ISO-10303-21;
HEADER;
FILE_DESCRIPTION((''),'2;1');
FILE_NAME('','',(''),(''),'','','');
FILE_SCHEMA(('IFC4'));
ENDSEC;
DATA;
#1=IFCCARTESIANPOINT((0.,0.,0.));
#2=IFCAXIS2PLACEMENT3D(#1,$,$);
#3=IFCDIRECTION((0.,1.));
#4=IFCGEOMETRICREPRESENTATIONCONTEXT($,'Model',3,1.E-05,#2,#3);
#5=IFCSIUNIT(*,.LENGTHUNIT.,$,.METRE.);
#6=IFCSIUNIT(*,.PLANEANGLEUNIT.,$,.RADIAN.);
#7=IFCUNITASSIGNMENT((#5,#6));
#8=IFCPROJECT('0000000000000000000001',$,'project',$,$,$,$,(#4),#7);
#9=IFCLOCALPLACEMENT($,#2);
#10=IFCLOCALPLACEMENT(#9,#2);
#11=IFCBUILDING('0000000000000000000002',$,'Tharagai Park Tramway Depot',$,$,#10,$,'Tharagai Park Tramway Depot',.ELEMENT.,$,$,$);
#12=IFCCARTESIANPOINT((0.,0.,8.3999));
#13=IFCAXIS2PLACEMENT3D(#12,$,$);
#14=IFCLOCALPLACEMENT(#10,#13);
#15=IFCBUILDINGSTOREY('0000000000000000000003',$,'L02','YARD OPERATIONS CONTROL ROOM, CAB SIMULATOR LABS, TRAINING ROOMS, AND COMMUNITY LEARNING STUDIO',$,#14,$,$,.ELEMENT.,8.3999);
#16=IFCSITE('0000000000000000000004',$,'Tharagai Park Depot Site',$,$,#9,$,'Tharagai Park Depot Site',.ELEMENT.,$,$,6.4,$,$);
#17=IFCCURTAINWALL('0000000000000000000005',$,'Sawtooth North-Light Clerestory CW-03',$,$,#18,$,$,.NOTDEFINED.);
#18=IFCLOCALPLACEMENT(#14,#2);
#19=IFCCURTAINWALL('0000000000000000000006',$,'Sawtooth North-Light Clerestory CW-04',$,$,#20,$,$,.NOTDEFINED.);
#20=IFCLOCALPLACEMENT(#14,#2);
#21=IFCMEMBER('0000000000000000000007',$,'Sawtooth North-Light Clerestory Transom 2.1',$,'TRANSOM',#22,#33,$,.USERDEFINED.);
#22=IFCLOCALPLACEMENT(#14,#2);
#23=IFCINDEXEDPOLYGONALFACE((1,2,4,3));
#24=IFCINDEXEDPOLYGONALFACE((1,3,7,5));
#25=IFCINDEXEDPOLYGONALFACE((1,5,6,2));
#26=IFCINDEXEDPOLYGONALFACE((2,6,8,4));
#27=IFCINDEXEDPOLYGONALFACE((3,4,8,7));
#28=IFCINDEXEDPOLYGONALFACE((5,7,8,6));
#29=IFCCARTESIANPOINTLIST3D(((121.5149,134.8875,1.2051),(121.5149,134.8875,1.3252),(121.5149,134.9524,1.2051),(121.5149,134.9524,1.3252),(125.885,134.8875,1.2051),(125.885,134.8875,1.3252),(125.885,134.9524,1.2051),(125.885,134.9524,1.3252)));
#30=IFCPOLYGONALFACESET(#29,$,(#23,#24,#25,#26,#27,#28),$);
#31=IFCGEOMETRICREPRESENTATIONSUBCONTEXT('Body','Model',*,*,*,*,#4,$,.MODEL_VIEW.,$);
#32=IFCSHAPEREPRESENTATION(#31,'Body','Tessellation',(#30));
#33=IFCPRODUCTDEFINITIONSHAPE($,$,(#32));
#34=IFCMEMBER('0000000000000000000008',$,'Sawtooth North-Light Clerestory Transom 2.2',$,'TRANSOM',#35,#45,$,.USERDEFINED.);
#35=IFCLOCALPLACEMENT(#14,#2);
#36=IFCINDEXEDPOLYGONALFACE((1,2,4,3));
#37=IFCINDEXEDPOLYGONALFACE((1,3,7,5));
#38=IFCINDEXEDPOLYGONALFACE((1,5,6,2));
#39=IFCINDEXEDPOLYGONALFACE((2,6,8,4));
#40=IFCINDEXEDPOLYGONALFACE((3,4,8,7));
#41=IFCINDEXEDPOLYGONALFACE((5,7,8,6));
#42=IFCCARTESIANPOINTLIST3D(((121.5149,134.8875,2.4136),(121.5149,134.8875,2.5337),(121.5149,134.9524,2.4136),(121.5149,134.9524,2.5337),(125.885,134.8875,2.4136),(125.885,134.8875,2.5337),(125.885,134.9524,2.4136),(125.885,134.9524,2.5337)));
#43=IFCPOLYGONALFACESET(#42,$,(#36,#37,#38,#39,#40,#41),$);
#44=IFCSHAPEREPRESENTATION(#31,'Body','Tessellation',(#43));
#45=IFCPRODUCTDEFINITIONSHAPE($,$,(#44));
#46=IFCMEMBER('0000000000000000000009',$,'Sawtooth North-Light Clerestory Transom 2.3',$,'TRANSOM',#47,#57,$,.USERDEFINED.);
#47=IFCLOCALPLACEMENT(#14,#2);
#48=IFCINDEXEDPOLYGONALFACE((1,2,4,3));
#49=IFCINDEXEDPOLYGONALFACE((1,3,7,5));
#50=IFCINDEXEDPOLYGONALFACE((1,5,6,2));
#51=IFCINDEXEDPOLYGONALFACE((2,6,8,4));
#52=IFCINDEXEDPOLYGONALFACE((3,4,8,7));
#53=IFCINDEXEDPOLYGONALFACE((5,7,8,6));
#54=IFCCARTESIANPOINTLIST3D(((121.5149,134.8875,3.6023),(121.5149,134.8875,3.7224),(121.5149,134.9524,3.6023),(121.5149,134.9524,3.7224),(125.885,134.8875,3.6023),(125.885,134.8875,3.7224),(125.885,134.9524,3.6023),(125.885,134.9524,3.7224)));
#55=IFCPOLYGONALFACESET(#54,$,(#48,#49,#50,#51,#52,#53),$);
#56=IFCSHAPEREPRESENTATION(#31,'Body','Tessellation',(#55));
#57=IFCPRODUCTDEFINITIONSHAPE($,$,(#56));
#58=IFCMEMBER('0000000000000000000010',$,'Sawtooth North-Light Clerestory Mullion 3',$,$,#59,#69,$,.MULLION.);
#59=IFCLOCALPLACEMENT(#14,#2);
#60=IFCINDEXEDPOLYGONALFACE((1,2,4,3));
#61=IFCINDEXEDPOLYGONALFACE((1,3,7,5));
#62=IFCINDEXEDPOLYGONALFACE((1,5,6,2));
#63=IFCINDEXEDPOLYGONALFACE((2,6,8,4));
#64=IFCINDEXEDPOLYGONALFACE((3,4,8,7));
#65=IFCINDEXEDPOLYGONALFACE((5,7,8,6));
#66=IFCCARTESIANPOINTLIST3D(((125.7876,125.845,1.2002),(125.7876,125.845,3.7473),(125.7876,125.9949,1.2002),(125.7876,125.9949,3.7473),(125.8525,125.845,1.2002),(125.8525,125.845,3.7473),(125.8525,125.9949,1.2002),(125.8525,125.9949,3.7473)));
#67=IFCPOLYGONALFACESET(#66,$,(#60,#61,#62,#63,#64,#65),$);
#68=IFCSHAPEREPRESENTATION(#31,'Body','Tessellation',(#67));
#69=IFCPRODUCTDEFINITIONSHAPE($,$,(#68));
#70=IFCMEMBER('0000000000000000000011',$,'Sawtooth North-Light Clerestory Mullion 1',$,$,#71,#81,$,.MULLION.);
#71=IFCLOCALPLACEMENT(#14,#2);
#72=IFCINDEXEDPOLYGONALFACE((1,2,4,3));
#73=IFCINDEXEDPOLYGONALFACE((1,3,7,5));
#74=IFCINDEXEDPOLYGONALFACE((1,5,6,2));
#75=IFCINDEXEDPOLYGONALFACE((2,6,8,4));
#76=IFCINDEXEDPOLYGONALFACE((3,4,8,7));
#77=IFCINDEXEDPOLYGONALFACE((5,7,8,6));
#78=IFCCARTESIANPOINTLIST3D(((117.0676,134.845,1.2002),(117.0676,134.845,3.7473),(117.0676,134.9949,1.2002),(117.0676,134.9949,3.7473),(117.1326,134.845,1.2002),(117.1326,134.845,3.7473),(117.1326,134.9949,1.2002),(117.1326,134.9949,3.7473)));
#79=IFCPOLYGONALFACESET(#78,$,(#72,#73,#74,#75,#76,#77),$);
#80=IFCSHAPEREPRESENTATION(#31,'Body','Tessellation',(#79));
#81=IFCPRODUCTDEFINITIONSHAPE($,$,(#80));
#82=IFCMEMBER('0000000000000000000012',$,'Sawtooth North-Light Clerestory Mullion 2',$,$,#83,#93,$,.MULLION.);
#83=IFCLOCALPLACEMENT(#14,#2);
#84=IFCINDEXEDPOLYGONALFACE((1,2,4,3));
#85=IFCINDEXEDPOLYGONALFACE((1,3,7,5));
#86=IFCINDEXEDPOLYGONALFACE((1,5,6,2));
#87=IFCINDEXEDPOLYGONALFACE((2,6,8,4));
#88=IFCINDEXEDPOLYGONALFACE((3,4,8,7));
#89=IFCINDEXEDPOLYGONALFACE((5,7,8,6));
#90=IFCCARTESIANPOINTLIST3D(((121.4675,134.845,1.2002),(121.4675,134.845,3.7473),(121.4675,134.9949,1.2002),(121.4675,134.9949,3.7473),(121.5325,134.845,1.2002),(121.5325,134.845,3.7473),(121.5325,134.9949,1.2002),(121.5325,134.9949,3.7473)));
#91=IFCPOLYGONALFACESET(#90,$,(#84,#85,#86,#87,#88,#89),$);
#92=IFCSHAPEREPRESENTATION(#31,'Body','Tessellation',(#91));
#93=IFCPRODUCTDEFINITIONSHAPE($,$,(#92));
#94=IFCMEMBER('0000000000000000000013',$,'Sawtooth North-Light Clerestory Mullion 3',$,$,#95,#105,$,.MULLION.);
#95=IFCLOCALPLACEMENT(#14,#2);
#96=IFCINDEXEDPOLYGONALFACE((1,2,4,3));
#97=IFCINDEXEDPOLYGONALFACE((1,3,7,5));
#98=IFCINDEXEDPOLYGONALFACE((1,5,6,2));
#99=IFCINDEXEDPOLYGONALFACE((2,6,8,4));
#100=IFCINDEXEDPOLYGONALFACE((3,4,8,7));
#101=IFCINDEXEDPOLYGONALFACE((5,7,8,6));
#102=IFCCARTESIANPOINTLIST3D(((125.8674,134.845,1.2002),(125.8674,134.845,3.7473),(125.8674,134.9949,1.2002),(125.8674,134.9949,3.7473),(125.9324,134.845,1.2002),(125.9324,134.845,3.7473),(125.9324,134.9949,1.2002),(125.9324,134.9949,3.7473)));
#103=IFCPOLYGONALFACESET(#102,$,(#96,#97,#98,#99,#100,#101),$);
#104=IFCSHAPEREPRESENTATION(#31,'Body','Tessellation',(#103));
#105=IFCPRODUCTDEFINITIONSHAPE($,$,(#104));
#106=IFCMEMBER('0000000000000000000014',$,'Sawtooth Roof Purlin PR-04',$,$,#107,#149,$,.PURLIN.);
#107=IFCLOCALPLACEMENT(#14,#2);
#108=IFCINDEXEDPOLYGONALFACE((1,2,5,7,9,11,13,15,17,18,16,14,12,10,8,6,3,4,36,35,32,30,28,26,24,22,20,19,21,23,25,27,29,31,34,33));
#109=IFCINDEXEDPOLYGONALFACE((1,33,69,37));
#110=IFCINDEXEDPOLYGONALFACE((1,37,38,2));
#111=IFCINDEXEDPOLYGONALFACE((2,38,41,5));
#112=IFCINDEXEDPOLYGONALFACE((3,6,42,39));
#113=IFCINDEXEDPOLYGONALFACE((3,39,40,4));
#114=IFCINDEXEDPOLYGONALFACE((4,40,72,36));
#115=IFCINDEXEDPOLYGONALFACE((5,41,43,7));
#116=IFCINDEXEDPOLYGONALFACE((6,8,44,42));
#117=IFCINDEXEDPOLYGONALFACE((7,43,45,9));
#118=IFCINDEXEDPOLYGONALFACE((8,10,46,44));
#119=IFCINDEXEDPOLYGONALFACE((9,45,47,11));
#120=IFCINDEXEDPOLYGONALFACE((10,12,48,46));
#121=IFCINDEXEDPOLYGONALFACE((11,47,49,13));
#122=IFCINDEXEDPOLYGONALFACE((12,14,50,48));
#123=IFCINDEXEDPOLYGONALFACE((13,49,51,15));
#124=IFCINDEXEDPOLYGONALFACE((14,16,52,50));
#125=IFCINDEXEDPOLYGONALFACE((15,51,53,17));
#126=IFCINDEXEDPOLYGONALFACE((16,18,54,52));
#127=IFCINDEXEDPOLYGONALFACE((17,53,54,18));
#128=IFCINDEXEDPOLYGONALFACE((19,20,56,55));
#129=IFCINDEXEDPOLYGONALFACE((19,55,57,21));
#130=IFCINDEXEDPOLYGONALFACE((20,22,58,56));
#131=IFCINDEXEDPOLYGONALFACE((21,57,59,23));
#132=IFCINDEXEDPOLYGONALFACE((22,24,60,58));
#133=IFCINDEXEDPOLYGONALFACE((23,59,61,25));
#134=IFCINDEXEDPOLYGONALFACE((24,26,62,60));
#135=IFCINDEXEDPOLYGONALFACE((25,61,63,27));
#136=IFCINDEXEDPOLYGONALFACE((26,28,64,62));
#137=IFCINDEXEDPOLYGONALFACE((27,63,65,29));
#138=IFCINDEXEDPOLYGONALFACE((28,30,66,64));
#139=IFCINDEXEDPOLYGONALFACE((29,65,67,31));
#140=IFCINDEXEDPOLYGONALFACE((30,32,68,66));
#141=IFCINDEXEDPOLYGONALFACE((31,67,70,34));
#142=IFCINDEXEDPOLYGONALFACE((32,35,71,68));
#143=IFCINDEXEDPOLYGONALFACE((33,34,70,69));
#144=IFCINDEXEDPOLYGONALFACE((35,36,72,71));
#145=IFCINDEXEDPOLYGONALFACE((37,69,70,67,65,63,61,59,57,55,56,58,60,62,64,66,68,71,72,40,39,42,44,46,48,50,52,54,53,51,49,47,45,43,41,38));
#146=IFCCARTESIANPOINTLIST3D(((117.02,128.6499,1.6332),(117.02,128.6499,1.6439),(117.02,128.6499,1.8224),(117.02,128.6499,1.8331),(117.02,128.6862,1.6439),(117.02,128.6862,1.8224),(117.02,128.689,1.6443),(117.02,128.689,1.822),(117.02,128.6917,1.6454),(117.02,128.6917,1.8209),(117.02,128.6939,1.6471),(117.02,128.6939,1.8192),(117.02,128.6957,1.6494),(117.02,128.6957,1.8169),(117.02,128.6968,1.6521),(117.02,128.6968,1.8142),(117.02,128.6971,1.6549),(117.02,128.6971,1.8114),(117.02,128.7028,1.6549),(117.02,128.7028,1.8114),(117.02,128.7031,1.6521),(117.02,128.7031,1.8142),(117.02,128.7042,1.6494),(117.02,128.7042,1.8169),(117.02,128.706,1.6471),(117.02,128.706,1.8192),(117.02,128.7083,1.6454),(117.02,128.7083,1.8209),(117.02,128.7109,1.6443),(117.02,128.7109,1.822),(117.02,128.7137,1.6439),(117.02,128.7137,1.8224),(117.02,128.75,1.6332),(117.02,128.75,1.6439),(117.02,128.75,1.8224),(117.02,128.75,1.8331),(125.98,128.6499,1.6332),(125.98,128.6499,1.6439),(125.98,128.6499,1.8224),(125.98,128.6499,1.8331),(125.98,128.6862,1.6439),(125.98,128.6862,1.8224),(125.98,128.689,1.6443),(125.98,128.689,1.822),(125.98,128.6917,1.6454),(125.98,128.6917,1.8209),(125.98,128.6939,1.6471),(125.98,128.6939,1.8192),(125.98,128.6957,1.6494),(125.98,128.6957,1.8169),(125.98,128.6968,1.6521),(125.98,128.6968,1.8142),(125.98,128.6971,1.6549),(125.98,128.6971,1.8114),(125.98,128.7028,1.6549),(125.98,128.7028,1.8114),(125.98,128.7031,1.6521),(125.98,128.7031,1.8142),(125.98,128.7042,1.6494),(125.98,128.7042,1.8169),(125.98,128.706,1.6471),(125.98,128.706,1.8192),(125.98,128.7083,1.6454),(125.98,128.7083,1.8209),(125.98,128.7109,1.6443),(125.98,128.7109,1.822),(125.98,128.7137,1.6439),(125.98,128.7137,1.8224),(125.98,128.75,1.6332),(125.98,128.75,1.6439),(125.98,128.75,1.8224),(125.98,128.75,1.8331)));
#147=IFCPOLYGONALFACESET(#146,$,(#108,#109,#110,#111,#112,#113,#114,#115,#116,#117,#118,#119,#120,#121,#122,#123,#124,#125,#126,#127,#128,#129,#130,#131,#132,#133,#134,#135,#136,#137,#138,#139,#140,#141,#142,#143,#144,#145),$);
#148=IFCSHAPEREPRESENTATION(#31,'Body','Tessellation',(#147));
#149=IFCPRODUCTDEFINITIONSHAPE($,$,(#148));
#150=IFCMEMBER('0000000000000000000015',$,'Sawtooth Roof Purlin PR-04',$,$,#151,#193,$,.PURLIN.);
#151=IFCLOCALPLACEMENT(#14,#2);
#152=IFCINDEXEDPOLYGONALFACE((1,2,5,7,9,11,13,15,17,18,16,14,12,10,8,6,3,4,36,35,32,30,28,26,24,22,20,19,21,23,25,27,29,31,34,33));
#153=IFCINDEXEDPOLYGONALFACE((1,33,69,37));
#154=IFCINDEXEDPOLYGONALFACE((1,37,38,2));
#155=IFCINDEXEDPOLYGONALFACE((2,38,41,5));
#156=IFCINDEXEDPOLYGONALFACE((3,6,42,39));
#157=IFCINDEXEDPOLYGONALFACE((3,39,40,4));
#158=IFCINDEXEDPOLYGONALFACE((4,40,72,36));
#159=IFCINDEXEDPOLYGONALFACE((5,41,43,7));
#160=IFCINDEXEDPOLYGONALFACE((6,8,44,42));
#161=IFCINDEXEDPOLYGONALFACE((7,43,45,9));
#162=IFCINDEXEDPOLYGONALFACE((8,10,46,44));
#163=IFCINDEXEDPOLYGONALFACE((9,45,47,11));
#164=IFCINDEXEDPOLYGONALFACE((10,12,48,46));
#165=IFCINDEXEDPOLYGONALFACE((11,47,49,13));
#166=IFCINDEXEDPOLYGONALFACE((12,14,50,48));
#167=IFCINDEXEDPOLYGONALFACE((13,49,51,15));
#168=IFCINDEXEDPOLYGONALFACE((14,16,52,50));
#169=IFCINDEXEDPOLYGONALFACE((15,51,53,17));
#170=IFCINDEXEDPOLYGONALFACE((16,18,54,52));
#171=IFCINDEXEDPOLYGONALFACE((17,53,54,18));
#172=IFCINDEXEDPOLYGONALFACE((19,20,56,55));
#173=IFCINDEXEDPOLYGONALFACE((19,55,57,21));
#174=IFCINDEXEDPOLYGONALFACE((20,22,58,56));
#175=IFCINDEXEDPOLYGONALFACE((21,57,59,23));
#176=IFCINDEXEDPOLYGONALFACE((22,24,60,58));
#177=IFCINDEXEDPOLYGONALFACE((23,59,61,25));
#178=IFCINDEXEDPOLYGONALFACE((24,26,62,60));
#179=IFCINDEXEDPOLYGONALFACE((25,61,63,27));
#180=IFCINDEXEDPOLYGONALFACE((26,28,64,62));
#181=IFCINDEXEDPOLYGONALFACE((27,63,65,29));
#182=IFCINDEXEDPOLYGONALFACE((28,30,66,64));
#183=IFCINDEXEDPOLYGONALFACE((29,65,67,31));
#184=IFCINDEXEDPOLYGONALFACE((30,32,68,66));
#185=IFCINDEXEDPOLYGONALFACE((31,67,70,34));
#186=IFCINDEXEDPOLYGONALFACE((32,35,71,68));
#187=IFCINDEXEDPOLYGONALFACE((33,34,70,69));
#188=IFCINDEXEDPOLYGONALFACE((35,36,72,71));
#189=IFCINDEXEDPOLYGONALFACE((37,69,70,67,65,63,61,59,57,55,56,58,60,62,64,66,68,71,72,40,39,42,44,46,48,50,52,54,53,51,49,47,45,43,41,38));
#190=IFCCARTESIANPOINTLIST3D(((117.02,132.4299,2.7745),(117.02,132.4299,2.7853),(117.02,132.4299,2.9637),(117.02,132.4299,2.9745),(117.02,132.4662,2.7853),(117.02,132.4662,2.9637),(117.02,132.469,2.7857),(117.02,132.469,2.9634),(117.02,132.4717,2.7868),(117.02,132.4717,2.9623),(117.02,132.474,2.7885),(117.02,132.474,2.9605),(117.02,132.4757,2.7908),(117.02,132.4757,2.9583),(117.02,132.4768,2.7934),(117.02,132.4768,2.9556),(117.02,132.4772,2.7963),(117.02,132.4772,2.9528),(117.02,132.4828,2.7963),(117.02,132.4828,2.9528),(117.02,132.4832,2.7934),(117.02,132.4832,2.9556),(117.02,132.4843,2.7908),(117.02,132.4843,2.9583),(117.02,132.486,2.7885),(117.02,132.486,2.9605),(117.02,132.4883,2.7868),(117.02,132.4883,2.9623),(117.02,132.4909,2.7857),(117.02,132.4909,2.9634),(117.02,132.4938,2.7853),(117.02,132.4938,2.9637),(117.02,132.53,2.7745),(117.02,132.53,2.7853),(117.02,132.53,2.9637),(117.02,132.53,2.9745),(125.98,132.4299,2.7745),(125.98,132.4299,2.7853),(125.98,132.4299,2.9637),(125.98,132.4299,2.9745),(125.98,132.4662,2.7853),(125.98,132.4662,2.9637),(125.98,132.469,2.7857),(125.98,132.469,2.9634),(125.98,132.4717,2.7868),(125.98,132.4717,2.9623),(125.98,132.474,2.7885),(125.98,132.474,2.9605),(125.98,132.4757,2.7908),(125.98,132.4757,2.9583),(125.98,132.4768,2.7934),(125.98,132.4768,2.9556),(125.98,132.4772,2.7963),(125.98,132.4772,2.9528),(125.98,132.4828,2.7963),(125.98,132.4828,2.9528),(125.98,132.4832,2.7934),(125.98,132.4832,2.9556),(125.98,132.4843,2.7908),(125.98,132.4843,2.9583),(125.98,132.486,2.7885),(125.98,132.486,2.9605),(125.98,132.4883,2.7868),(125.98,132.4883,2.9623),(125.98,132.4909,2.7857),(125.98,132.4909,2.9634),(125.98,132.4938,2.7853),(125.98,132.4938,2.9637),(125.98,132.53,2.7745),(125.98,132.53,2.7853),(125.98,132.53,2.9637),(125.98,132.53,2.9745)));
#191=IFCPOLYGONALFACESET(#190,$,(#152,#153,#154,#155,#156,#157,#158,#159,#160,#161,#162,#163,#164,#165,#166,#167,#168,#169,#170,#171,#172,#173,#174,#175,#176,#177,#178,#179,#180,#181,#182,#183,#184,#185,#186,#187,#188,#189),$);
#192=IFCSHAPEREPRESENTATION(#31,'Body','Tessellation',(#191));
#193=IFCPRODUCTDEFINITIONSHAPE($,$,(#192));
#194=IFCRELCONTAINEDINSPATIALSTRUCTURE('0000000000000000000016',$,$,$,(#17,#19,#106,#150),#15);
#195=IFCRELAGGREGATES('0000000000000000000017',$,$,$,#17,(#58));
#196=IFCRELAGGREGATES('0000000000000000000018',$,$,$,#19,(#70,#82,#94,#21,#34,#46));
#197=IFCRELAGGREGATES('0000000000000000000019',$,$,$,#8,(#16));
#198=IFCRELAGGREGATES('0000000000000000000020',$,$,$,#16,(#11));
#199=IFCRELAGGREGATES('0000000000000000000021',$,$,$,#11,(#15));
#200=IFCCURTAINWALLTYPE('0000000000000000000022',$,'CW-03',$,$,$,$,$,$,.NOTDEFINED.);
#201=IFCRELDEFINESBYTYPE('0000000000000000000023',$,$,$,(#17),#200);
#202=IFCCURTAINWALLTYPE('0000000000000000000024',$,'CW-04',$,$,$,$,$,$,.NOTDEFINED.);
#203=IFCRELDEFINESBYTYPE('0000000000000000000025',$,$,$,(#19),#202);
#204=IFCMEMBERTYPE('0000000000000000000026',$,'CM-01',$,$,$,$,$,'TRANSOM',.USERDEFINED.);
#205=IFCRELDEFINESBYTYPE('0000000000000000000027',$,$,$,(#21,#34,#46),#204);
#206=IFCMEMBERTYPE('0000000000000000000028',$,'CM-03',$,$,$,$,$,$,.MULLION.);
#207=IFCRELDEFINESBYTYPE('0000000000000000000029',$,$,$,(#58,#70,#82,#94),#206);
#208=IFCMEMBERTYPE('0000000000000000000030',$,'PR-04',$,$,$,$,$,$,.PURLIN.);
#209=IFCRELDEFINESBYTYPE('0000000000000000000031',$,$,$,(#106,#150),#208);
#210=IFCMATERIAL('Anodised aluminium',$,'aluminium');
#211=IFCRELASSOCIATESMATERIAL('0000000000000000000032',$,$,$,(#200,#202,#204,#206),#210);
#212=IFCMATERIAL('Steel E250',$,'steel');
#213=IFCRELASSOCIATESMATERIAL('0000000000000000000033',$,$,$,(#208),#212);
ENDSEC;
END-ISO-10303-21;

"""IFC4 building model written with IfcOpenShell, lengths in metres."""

from ifc_helpers import new_model, si_unit, direction, frame, origin, origin_2d, place, context, subcontext, project, spatial, rectangle, i_section, extrude, material, material_profile, profile_set, type_object, element, aggregate, save


model = new_model("IFC4")

# Units and contexts
model_context = context("Model", 3, precision=1e-05, world=origin(), true_north=direction((0.0, 1.0)))
body_context = subcontext(model_context, "Body", "Model", "MODEL_VIEW")
ifc_project = project(units=[si_unit("LENGTHUNIT", "METRE"), si_unit("PLANEANGLEUNIT", "RADIAN")], contexts=[model_context])

# Site, building, storey
site_placement = place(None, origin())
site = spatial("IfcSite", under=ifc_project, at=site_placement, Name="Tharagai Park Depot Site", LongName="Tharagai Park Depot Site", CompositionType="ELEMENT", RefElevation=6.4)
building_placement = place(site_placement, origin())
building = spatial("IfcBuilding", under=site, at=building_placement, Name="Tharagai Park Tramway Depot", LongName="Tharagai Park Tramway Depot", CompositionType="ELEMENT")
storey_placement = place(building_placement, frame((0.0, 0.0, 8.3999)))
storey = spatial("IfcBuildingStorey", under=building, at=storey_placement, Name="L02", Description="YARD OPERATIONS CONTROL ROOM, CAB SIMULATOR LABS, TRAINING ROOMS, AND COMMUNITY LEARNING STUDIO", CompositionType="ELEMENT", Elevation=8.3999)

# Curtain wall
ifc_material_1 = material(Name="Anodised aluminium", Category="aluminium")
curtain_wall_type_1 = type_object("IfcCurtainWallType", Name="CW-03", PredefinedType="NOTDEFINED", material=ifc_material_1)
curtain_wall_1_placement = place(storey_placement, origin())
curtain_wall_1 = element("IfcCurtainWall", 1, at=curtain_wall_1_placement, inside=storey, type_object=curtain_wall_type_1, Name="Sawtooth North-Light Clerestory CW-03", PredefinedType="NOTDEFINED")
ifc_material_profile_1 = material_profile(ifc_material_1, rectangle(XDim=0.0649, YDim=0.1201, at=origin_2d()), Name="ALU 65x120")
ifc_profile_set_1 = profile_set([ifc_material_profile_1], Name="Anodised aluminium")
member_type_1 = type_object("IfcMemberType", Name="CM-01", ElementType="TRANSOM", PredefinedType="USERDEFINED", material=ifc_profile_set_1)

# Curtain wall, members
curtain_wall_type_2 = type_object("IfcCurtainWallType", Name="CW-04", PredefinedType="NOTDEFINED", material=ifc_material_1)
curtain_wall_2_placement = place(storey_placement, origin())
curtain_wall_2 = element("IfcCurtainWall", 2, at=curtain_wall_2_placement, inside=storey, type_object=curtain_wall_type_2, Name="Sawtooth North-Light Clerestory CW-04", PredefinedType="NOTDEFINED")
member_1_placement = place(storey_placement, frame((121.5149, 134.9199, 1.2651), z_axis=(1.0, 0.0, 0.0), x_axis=(0.0, 1.0, 0.0)))
member_1 = element("IfcMember", 3, at=member_1_placement, type_object=member_type_1, Name="Sawtooth North-Light Clerestory Transom 2.1", ObjectType="TRANSOM", PredefinedType="USERDEFINED", context=body_context, shape_type="SweptSolid", body=[
    extrude(rectangle(XDim=0.0649, YDim=0.1201, at=origin_2d()), origin(), (0.0, 0.0, 1.0), 4.3701),
])
member_2_placement = place(storey_placement, frame((121.5149, 134.9199, 2.4736), z_axis=(1.0, 0.0, 0.0), x_axis=(0.0, 1.0, 0.0)))
member_2 = element("IfcMember", 4, at=member_2_placement, type_object=member_type_1, Name="Sawtooth North-Light Clerestory Transom 2.2", ObjectType="TRANSOM", PredefinedType="USERDEFINED", context=body_context, shape_type="SweptSolid", body=[
    extrude(rectangle(XDim=0.0649, YDim=0.1201, at=origin_2d()), origin(), (0.0, 0.0, 1.0), 4.3701),
])
member_3_placement = place(storey_placement, frame((121.5149, 134.9199, 3.6624), z_axis=(1.0, 0.0, 0.0), x_axis=(0.0, 1.0, 0.0)))
member_3 = element("IfcMember", 5, at=member_3_placement, type_object=member_type_1, Name="Sawtooth North-Light Clerestory Transom 2.3", ObjectType="TRANSOM", PredefinedType="USERDEFINED", context=body_context, shape_type="SweptSolid", body=[
    extrude(rectangle(XDim=0.0649, YDim=0.1201, at=origin_2d()), origin(), (0.0, 0.0, 1.0), 4.3701),
])

# Members
ifc_material_profile_2 = material_profile(ifc_material_1, rectangle(XDim=0.0649, YDim=0.1499, at=origin_2d()), Name="ALU 65x150")
ifc_profile_set_2 = profile_set([ifc_material_profile_2], Name="Anodised aluminium")
member_type_2 = type_object("IfcMemberType", Name="CM-03", PredefinedType="MULLION", material=ifc_profile_set_2)
member_4_placement = place(storey_placement, frame((125.8201, 125.9199, 1.2002), z_axis=(0.0, 0.0, 1.0), x_axis=(1.0, 0.0, 0.0)))
member_4 = element("IfcMember", 6, at=member_4_placement, type_object=member_type_2, Name="Sawtooth North-Light Clerestory Mullion 3", PredefinedType="MULLION", context=body_context, shape_type="SweptSolid", body=[
    extrude(rectangle(XDim=0.0649, YDim=0.1499, at=origin_2d()), origin(), (0.0, 0.0, 1.0), 2.5471),
])
member_5_placement = place(storey_placement, frame((117.1001, 134.9199, 1.2002), z_axis=(0.0, 0.0, 1.0), x_axis=(1.0, 0.0, 0.0)))
member_5 = element("IfcMember", 7, at=member_5_placement, type_object=member_type_2, Name="Sawtooth North-Light Clerestory Mullion 1", PredefinedType="MULLION", context=body_context, shape_type="SweptSolid", body=[
    extrude(rectangle(XDim=0.0649, YDim=0.1499, at=origin_2d()), origin(), (0.0, 0.0, 1.0), 2.5471),
])
member_6_placement = place(storey_placement, frame((121.5, 134.9199, 1.2002), z_axis=(0.0, 0.0, 1.0), x_axis=(1.0, 0.0, 0.0)))
member_6 = element("IfcMember", 8, at=member_6_placement, type_object=member_type_2, Name="Sawtooth North-Light Clerestory Mullion 2", PredefinedType="MULLION", context=body_context, shape_type="SweptSolid", body=[
    extrude(rectangle(XDim=0.0649, YDim=0.1499, at=origin_2d()), origin(), (0.0, 0.0, 1.0), 2.5471),
])
member_7_placement = place(storey_placement, frame((125.8999, 134.9199, 1.2002), z_axis=(0.0, 0.0, 1.0), x_axis=(1.0, 0.0, 0.0)))
member_7 = element("IfcMember", 9, at=member_7_placement, type_object=member_type_2, Name="Sawtooth North-Light Clerestory Mullion 3", PredefinedType="MULLION", context=body_context, shape_type="SweptSolid", body=[
    extrude(rectangle(XDim=0.0649, YDim=0.1499, at=origin_2d()), origin(), (0.0, 0.0, 1.0), 2.5471),
])

# Members
ifc_material_2 = material(Name="Steel E250", Category="steel")
ifc_material_profile_3 = material_profile(ifc_material_2, i_section(OverallWidth=0.1001, OverallDepth=0.2, WebThickness=0.0056, FlangeThickness=0.0107, FilletRadius=0.011, at=origin_2d()), Name="ISMB 200")
ifc_profile_set_3 = profile_set([ifc_material_profile_3], Name="Steel E250")
member_type_3 = type_object("IfcMemberType", Name="PR-04", PredefinedType="PURLIN", material=ifc_profile_set_3)
for number, where, z_axis, x_axis, name in (
    (10, (117.02, 128.7, 1.7332), (1.0, 0.0, 0.0), (0.0, 1.0, 0.0), "Sawtooth Roof Purlin PR-04"),
    (11, (117.02, 132.48, 2.8745), (1.0, 0.0, 0.0), (0.0, 1.0, 0.0), "Sawtooth Roof Purlin PR-04"),
):
    element("IfcMember", number, at=place(storey_placement, frame(where, z_axis=z_axis, x_axis=x_axis)), inside=storey, type_object=member_type_3, Name=name, PredefinedType="PURLIN", context=body_context, shape_type="SweptSolid", body=[
        extrude(i_section(OverallWidth=0.1001, OverallDepth=0.2, WebThickness=0.0056, FlangeThickness=0.0107, FilletRadius=0.011, at=origin_2d()), origin(), (0.0, 0.0, 1.0), 8.96),
    ])

aggregate(curtain_wall_1, [member_4])
aggregate(curtain_wall_2, [member_5, member_6, member_7, member_1, member_2, member_3])

save(model, "model.ifc")
